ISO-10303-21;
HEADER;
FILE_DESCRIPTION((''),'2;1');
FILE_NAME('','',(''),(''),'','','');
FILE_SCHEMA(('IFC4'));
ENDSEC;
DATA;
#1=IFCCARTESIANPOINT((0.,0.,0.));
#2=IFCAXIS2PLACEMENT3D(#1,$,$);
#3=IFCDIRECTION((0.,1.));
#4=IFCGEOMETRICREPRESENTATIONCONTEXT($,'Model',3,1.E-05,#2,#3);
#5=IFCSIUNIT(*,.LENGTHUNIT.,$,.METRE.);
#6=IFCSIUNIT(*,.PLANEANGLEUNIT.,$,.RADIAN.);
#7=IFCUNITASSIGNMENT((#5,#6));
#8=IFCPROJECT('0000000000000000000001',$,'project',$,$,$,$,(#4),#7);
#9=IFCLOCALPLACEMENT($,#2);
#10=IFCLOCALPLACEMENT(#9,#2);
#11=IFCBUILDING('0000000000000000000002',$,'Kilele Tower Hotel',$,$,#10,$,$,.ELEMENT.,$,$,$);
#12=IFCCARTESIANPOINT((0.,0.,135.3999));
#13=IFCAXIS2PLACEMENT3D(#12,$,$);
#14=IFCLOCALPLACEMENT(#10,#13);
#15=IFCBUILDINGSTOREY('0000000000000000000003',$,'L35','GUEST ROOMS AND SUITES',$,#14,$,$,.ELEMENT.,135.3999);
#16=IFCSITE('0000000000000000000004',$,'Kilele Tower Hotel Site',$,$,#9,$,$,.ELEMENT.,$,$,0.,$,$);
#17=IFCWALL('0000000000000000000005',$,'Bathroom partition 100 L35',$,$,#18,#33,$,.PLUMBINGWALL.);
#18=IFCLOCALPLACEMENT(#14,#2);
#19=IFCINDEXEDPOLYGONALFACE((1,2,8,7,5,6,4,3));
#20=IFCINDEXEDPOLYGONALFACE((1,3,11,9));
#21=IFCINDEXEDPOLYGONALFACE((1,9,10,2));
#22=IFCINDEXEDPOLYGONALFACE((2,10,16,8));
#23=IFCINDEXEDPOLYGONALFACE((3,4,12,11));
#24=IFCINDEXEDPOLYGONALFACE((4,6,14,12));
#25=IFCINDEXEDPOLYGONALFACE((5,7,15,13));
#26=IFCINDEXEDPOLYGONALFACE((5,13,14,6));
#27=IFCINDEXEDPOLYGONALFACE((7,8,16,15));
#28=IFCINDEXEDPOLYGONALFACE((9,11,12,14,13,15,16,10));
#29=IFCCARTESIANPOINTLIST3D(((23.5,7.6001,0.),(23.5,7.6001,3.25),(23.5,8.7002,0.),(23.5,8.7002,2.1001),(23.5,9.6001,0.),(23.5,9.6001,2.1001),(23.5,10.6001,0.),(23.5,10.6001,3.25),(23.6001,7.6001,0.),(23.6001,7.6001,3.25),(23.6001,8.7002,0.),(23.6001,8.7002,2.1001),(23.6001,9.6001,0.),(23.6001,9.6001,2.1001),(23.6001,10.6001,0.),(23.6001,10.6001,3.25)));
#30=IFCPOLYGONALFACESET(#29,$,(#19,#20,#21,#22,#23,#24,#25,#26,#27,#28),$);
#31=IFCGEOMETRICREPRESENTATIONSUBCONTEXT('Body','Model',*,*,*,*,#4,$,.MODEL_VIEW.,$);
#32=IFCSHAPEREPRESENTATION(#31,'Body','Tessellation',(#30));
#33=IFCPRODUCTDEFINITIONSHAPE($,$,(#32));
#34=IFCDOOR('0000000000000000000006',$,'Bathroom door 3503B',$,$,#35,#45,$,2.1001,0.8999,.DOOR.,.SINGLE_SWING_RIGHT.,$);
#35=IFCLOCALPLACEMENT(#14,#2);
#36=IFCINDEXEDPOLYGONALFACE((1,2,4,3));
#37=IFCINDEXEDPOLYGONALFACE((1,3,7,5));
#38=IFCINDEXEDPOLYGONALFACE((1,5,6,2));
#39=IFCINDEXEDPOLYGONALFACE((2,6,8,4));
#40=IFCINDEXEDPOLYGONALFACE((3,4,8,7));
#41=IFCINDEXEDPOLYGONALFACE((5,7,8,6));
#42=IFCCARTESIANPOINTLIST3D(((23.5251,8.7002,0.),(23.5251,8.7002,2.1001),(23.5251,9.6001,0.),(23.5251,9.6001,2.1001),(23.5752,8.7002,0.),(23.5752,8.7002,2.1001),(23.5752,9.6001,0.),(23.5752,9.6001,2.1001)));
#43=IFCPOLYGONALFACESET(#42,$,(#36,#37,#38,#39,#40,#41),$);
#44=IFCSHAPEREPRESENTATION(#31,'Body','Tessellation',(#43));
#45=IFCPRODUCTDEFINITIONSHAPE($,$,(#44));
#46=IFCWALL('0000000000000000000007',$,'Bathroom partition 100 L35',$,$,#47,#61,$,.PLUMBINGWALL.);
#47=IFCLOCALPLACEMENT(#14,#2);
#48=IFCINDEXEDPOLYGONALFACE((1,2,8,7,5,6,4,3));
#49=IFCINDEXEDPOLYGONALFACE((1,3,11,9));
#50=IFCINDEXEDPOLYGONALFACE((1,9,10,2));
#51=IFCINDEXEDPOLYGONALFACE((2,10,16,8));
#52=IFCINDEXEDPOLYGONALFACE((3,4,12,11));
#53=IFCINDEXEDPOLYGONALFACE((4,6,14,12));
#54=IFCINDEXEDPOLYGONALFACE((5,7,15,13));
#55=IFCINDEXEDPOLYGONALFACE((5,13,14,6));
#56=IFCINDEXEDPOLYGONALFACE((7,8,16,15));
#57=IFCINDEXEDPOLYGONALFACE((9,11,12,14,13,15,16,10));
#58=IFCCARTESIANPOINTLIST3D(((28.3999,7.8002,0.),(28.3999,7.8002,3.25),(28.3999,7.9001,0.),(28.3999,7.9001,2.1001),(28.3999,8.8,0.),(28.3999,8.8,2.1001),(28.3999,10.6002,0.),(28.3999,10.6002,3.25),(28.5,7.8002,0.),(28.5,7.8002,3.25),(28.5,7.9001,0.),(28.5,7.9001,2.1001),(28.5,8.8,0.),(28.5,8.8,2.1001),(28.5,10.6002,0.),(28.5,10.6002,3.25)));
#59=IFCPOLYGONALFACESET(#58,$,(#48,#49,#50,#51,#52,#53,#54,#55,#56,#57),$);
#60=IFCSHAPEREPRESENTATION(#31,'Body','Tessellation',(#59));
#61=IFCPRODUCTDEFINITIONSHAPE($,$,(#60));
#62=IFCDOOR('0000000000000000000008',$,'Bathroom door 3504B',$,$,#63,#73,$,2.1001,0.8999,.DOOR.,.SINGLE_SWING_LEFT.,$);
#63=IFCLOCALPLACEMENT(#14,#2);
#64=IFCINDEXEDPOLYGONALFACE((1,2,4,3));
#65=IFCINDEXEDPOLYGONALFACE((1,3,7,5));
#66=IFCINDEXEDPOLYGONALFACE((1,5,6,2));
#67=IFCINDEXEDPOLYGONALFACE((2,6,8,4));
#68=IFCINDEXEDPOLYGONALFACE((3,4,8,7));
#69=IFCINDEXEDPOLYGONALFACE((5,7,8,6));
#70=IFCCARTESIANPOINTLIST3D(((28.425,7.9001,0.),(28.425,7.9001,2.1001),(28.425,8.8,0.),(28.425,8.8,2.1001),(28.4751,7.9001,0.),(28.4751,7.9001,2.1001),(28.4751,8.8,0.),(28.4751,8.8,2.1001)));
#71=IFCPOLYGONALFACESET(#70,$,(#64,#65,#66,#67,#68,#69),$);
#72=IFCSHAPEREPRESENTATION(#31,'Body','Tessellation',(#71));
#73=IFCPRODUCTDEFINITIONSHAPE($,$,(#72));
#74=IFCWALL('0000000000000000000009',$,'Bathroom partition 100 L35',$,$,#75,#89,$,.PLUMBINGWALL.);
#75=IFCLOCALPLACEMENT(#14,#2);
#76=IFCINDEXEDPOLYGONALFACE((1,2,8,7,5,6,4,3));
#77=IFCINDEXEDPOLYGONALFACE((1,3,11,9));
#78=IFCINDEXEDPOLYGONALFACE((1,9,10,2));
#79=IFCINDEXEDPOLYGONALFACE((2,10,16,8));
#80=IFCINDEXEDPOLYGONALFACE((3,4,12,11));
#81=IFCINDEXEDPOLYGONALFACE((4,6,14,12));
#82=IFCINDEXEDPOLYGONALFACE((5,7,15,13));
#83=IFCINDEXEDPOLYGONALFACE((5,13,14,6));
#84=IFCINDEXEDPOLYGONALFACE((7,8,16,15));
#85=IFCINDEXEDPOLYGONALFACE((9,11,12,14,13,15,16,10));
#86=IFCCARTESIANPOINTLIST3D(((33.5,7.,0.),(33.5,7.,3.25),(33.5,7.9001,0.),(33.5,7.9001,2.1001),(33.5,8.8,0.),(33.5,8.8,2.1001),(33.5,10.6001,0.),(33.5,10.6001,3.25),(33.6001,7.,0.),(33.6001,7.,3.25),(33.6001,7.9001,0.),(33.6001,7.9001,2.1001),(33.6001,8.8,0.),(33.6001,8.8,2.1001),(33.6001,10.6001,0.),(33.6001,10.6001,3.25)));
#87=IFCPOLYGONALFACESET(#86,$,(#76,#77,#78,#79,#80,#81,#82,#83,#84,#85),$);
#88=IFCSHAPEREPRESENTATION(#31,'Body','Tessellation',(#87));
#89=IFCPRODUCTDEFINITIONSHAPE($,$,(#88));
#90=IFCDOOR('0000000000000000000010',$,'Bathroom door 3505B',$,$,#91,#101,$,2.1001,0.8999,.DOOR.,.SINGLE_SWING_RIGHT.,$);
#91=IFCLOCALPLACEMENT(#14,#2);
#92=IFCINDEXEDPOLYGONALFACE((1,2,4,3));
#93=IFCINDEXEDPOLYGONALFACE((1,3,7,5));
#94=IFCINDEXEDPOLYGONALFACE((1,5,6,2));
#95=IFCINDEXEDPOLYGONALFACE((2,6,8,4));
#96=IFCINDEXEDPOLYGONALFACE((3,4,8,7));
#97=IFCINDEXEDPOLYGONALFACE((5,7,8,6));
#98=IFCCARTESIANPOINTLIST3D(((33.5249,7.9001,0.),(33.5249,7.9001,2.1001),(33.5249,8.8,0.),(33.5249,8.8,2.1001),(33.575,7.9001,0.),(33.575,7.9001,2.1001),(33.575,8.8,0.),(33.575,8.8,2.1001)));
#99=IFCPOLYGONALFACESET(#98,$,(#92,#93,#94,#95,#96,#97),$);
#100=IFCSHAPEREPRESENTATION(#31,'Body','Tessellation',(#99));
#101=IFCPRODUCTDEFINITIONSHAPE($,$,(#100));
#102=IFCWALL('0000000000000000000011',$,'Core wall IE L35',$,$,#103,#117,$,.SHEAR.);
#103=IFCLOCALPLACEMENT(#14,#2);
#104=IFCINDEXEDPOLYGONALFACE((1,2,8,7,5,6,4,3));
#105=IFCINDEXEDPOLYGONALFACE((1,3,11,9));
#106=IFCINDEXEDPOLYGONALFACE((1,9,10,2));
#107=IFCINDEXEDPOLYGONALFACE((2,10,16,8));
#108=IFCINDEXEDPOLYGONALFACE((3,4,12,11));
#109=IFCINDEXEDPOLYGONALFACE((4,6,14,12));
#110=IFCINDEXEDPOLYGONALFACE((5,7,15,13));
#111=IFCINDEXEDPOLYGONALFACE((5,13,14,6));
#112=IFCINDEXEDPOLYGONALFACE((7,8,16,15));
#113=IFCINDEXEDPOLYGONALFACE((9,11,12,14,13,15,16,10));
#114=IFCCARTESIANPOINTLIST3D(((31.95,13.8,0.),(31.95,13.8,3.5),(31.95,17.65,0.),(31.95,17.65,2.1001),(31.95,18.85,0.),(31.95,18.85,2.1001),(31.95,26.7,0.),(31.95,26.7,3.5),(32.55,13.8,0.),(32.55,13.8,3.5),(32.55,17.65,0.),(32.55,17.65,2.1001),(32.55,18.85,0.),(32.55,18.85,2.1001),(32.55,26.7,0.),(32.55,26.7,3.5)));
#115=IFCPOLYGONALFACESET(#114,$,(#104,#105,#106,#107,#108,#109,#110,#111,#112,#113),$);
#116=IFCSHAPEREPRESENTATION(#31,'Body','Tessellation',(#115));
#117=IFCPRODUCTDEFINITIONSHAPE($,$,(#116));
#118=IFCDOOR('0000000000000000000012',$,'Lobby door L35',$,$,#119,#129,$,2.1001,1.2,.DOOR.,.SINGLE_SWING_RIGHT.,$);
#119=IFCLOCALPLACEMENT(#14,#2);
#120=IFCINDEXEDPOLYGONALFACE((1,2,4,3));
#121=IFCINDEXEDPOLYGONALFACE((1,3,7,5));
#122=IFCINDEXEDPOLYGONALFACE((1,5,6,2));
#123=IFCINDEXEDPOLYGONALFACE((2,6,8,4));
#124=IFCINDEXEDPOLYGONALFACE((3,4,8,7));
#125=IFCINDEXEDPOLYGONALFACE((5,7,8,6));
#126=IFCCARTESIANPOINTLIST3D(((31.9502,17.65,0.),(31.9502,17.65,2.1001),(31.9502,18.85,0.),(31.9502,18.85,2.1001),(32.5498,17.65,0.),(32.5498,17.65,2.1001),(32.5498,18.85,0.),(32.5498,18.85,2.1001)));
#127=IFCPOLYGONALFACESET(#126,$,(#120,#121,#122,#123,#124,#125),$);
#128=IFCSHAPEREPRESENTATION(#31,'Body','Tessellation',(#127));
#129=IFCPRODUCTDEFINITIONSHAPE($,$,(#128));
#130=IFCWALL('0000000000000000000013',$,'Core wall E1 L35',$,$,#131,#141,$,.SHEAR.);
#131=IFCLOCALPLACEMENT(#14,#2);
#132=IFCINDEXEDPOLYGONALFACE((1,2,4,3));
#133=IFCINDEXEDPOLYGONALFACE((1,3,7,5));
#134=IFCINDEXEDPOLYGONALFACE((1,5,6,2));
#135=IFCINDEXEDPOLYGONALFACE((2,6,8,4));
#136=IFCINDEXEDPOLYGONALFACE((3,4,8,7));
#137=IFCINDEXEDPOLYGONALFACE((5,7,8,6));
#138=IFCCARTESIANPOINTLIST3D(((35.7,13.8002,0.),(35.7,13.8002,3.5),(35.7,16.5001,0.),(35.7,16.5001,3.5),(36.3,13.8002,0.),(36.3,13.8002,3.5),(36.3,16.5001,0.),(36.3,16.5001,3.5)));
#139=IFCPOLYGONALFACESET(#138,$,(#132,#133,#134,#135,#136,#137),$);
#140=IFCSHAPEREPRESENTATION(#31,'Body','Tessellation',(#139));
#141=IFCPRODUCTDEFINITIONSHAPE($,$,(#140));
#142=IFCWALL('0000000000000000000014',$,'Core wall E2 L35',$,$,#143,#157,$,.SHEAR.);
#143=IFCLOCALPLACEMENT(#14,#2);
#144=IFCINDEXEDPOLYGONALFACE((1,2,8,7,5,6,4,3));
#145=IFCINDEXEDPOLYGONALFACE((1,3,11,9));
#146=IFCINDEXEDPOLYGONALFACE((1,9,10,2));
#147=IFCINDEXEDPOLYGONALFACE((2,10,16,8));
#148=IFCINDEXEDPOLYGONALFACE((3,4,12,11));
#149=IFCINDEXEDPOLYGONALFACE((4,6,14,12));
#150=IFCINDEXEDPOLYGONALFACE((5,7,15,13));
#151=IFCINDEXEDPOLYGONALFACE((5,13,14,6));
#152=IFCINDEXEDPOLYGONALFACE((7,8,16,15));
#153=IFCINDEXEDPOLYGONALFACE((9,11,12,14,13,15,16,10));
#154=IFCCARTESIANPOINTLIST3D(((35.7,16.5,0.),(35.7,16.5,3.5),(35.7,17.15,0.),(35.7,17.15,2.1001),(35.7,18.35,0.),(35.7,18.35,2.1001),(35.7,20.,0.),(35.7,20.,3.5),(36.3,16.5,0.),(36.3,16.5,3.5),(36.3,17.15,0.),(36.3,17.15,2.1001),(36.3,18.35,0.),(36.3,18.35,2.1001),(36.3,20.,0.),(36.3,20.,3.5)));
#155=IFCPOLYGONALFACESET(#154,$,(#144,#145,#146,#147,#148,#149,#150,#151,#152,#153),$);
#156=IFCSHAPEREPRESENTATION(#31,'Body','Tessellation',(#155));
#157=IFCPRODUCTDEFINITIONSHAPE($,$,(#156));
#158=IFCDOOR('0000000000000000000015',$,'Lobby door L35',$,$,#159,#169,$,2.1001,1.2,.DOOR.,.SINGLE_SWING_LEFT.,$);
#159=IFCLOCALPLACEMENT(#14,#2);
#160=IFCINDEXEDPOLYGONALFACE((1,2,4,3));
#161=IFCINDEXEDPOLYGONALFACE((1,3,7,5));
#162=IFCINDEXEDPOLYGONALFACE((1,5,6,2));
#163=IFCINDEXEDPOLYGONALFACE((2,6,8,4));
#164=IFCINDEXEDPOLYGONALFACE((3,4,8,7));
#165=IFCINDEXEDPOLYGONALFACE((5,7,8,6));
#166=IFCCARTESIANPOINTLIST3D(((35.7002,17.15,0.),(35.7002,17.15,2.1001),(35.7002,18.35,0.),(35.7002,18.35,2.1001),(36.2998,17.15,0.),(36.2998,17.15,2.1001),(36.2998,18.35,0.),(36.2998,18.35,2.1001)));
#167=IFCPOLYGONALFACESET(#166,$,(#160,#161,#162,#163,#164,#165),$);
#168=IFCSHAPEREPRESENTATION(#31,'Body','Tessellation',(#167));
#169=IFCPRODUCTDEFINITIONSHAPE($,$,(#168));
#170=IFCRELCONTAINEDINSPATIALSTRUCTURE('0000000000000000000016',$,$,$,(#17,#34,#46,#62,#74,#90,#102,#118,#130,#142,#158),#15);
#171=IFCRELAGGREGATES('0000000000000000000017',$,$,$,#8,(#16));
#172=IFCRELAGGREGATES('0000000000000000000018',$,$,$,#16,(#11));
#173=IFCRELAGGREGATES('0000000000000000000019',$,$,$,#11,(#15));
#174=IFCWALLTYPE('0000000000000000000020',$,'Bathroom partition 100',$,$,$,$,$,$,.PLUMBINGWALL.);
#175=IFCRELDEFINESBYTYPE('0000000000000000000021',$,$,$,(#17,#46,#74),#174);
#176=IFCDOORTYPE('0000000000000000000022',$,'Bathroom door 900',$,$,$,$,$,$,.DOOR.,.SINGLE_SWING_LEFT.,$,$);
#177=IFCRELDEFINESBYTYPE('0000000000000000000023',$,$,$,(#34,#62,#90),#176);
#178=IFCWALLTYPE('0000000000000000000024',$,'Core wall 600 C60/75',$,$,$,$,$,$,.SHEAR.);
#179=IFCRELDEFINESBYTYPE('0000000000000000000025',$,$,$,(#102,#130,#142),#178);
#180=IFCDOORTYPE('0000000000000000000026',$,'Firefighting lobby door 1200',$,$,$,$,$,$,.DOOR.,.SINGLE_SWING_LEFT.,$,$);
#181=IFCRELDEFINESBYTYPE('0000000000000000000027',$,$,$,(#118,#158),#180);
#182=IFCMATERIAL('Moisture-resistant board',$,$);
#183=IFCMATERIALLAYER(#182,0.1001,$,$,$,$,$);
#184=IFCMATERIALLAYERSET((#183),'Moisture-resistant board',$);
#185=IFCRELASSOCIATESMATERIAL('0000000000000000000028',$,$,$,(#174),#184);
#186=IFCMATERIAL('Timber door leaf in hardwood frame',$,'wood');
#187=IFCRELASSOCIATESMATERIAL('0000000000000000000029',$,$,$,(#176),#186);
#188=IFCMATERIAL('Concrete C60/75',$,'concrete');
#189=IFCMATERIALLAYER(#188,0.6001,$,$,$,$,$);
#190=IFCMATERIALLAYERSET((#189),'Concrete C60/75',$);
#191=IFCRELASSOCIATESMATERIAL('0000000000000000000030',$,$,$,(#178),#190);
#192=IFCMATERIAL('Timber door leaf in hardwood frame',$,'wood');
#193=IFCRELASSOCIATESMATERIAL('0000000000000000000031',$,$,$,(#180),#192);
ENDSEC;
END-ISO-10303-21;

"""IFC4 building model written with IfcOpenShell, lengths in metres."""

from ifc_helpers import new_model, si_unit, direction, frame, frame_2d, origin, place, context, subcontext, project, spatial, rectangle, extrude, material, layer, layer_set, type_object, element, fill, save


model = new_model("IFC4")

# Units and contexts
model_context = context("Model", 3, precision=1e-05, world=origin(), true_north=direction((0.0, 1.0)))
body_context = subcontext(model_context, "Body", "Model", "MODEL_VIEW")
ifc_project = project(units=[si_unit("LENGTHUNIT", "METRE"), si_unit("PLANEANGLEUNIT", "RADIAN")], contexts=[model_context])

# Site, building, storey
site_placement = place(None, origin())
site = spatial("IfcSite", under=ifc_project, at=site_placement, Name="Kilele Tower Hotel Site", CompositionType="ELEMENT", RefElevation=0.0)
building_placement = place(site_placement, origin())
building = spatial("IfcBuilding", under=site, at=building_placement, Name="Kilele Tower Hotel", CompositionType="ELEMENT")
storey_placement = place(building_placement, frame((0.0, 0.0, 135.3999)))
storey = spatial("IfcBuildingStorey", under=building, at=storey_placement, Name="L35", Description="GUEST ROOMS AND SUITES", CompositionType="ELEMENT", Elevation=135.3999)

# Walls, openings, doors
ifc_material_1 = material(Name="Moisture-resistant board")
ifc_layer_1 = layer(ifc_material_1, 0.1001)
ifc_layer_set_1 = layer_set([ifc_layer_1], Name="Moisture-resistant board")
wall_type_1 = type_object("IfcWallType", Name="Bathroom partition 100", PredefinedType="PLUMBINGWALL", material=ifc_layer_set_1)
wall_1_placement = place(storey_placement, frame((23.55, 10.6001, 0.0), z_axis=(0.0, 0.0, 1.0), x_axis=(0.0, -1.0, 0.0)))
wall_1 = element("IfcWall", 1, at=wall_1_placement, inside=storey, type_object=wall_type_1, Name="Bathroom partition 100 L35", PredefinedType="PLUMBINGWALL", context=body_context, shape_type="SweptSolid", body=[
    extrude(rectangle(XDim=3.0, YDim=0.1001, at=frame_2d((1.5, 0.0))), origin(), (0.0, 0.0, 1.0), 3.25),
])
opening_1_placement = place(wall_1_placement, frame((1.8999, 0.0, 0.0), z_axis=(0.0, 0.0, 1.0), x_axis=(-1.0, 0.0, 0.0)))
opening_1 = element("IfcOpeningElement", 2, at=opening_1_placement, cuts=wall_1, PredefinedType="OPENING", context=body_context, shape_type="SweptSolid", body=[
    extrude(rectangle(XDim=0.8999, YDim=2.1001, at=frame_2d((0.45, 1.05))), frame((0.0, 0.0601, 0.0), z_axis=(0.0, -1.0, 0.0), x_axis=(1.0, 0.0, 0.0)), (0.0, 0.0, 1.0), 0.1201),
])
ifc_material_2 = material(Name="Timber door leaf in hardwood frame", Category="wood")
door_type_1 = type_object("IfcDoorType", Name="Bathroom door 900", OperationType="SINGLE_SWING_LEFT", PredefinedType="DOOR", material=ifc_material_2)
door_1_placement = place(opening_1_placement, origin())
door_1 = element("IfcDoor", 3, at=door_1_placement, inside=storey, type_object=door_type_1, Name="Bathroom door 3503B", OperationType="SINGLE_SWING_RIGHT", OverallHeight=2.1001, OverallWidth=0.8999, PredefinedType="DOOR", context=body_context, shape_type="SweptSolid", body=[
    extrude(rectangle(XDim=0.8999, YDim=2.1001, at=frame_2d((0.45, 1.05))), frame((0.0, 0.0249, 0.0), z_axis=(0.0, -1.0, 0.0), x_axis=(1.0, 0.0, 0.0)), (0.0, 0.0, 1.0), 0.05),
])
fill(opening_1, door_1)
wall_2_placement = place(storey_placement, frame((28.45, 10.6001, 0.0), z_axis=(0.0, 0.0, 1.0), x_axis=(0.0, -1.0, 0.0)))
wall_2 = element("IfcWall", 4, at=wall_2_placement, inside=storey, type_object=wall_type_1, Name="Bathroom partition 100 L35", PredefinedType="PLUMBINGWALL", context=body_context, shape_type="SweptSolid", body=[
    extrude(rectangle(XDim=2.8, YDim=0.1001, at=frame_2d((1.3999, 0.0))), origin(), (0.0, 0.0, 1.0), 3.25),
])
opening_2_placement = place(wall_2_placement, frame((2.7, 0.0, 0.0), z_axis=(0.0, 0.0, 1.0), x_axis=(-1.0, 0.0, 0.0)))
opening_2 = element("IfcOpeningElement", 5, at=opening_2_placement, cuts=wall_2, PredefinedType="OPENING", context=body_context, shape_type="SweptSolid", body=[
    extrude(rectangle(XDim=0.8999, YDim=2.1001, at=frame_2d((0.45, 1.05))), frame((0.0, 0.0601, 0.0), z_axis=(0.0, -1.0, 0.0), x_axis=(1.0, 0.0, 0.0)), (0.0, 0.0, 1.0), 0.1201),
])
door_2_placement = place(opening_2_placement, origin())
door_2 = element("IfcDoor", 6, at=door_2_placement, inside=storey, type_object=door_type_1, Name="Bathroom door 3504B", OperationType="SINGLE_SWING_LEFT", OverallHeight=2.1001, OverallWidth=0.8999, PredefinedType="DOOR", context=body_context, shape_type="SweptSolid", body=[
    extrude(rectangle(XDim=0.8999, YDim=2.1001, at=frame_2d((0.45, 1.05))), frame((0.0, 0.0249, 0.0), z_axis=(0.0, -1.0, 0.0), x_axis=(1.0, 0.0, 0.0)), (0.0, 0.0, 1.0), 0.05),
])
fill(opening_2, door_2)
wall_3_placement = place(storey_placement, frame((33.55, 10.6001, 0.0), z_axis=(0.0, 0.0, 1.0), x_axis=(0.0, -1.0, 0.0)))
wall_3 = element("IfcWall", 7, at=wall_3_placement, inside=storey, type_object=wall_type_1, Name="Bathroom partition 100 L35", PredefinedType="PLUMBINGWALL", context=body_context, shape_type="SweptSolid", body=[
    extrude(rectangle(XDim=3.6001, YDim=0.1001, at=frame_2d((1.8, 0.0))), origin(), (0.0, 0.0, 1.0), 3.25),
])
opening_3_placement = place(wall_3_placement, frame((1.8, 0.0, 0.0)))
opening_3 = element("IfcOpeningElement", 8, at=opening_3_placement, cuts=wall_3, PredefinedType="OPENING", context=body_context, shape_type="SweptSolid", body=[
    extrude(rectangle(XDim=0.8999, YDim=2.1001, at=frame_2d((0.45, 1.05))), frame((0.0, 0.0601, 0.0), z_axis=(0.0, -1.0, 0.0), x_axis=(1.0, 0.0, 0.0)), (0.0, 0.0, 1.0), 0.1201),
])
door_3_placement = place(opening_3_placement, origin())
door_3 = element("IfcDoor", 9, at=door_3_placement, inside=storey, type_object=door_type_1, Name="Bathroom door 3505B", OperationType="SINGLE_SWING_RIGHT", OverallHeight=2.1001, OverallWidth=0.8999, PredefinedType="DOOR", context=body_context, shape_type="SweptSolid", body=[
    extrude(rectangle(XDim=0.8999, YDim=2.1001, at=frame_2d((0.45, 1.05))), frame((0.0, 0.0249, 0.0), z_axis=(0.0, -1.0, 0.0), x_axis=(1.0, 0.0, 0.0)), (0.0, 0.0, 1.0), 0.05),
])
fill(opening_3, door_3)
ifc_material_3 = material(Name="Concrete C60/75", Category="concrete")
ifc_layer_2 = layer(ifc_material_3, 0.6001)
ifc_layer_set_2 = layer_set([ifc_layer_2], Name="Concrete C60/75")
wall_type_2 = type_object("IfcWallType", Name="Core wall 600 C60/75", PredefinedType="SHEAR", material=ifc_layer_set_2)
wall_4_placement = place(storey_placement, frame((32.25, 13.8, 0.0), z_axis=(0.0, 0.0, 1.0), x_axis=(0.0, 1.0, 0.0)))
wall_4 = element("IfcWall", 10, at=wall_4_placement, inside=storey, type_object=wall_type_2, Name="Core wall IE L35", PredefinedType="SHEAR", context=body_context, shape_type="SweptSolid", body=[
    extrude(rectangle(XDim=12.8999, YDim=0.6001, at=frame_2d((6.45, 0.0))), origin(), (0.0, 0.0, 1.0), 3.5),
])
opening_4_placement = place(wall_4_placement, frame((5.05, 0.0, 0.0), z_axis=(0.0, 0.0, 1.0), x_axis=(-1.0, 0.0, 0.0)))
opening_4 = element("IfcOpeningElement", 11, at=opening_4_placement, cuts=wall_4, PredefinedType="OPENING", context=body_context, shape_type="SweptSolid", body=[
    extrude(rectangle(XDim=1.2, YDim=2.1001, at=frame_2d((0.6001, 1.05))), frame((0.0, 0.3101, 0.0), z_axis=(0.0, -1.0, 0.0), x_axis=(1.0, 0.0, 0.0)), (0.0, 0.0, 1.0), 0.6201),
])
ifc_material_4 = material(Name="Timber door leaf in hardwood frame", Category="wood")
door_type_2 = type_object("IfcDoorType", Name="Firefighting lobby door 1200", OperationType="SINGLE_SWING_LEFT", PredefinedType="DOOR", material=ifc_material_4)
door_4_placement = place(opening_4_placement, origin())
door_4 = element("IfcDoor", 12, at=door_4_placement, inside=storey, type_object=door_type_2, Name="Lobby door L35", OperationType="SINGLE_SWING_RIGHT", OverallHeight=2.1001, OverallWidth=1.2, PredefinedType="DOOR", context=body_context, shape_type="SweptSolid", body=[
    extrude(rectangle(XDim=1.2, YDim=2.1001, at=frame_2d((0.6001, 1.05))), frame((0.0, 0.2998, 0.0), z_axis=(0.0, -1.0, 0.0), x_axis=(1.0, 0.0, 0.0)), (0.0, 0.0, 1.0), 0.5996),
])
fill(opening_4, door_4)

# Wall
wall_5_placement = place(storey_placement, frame((36.0, 13.8, 0.0), z_axis=(0.0, 0.0, 1.0), x_axis=(0.0, 1.0, 0.0)))
element("IfcWall", 13, at=wall_5_placement, inside=storey, type_object=wall_type_2, Name="Core wall E1 L35", PredefinedType="SHEAR", context=body_context, shape_type="SweptSolid", body=[
    extrude(rectangle(XDim=2.7, YDim=0.6001, at=frame_2d((1.3501, 0.0))), origin(), (0.0, 0.0, 1.0), 3.5),
])

# Wall, opening, door
wall_6_placement = place(storey_placement, frame((36.0, 16.5, 0.0), z_axis=(0.0, 0.0, 1.0), x_axis=(0.0, 1.0, 0.0)))
wall_6 = element("IfcWall", 14, at=wall_6_placement, inside=storey, type_object=wall_type_2, Name="Core wall E2 L35", PredefinedType="SHEAR", context=body_context, shape_type="SweptSolid", body=[
    extrude(rectangle(XDim=3.5, YDim=0.6001, at=frame_2d((1.75, 0.0))), origin(), (0.0, 0.0, 1.0), 3.5),
])
opening_5_placement = place(wall_6_placement, frame((0.6499, 0.0, 0.0)))
opening_5 = element("IfcOpeningElement", 15, at=opening_5_placement, cuts=wall_6, PredefinedType="OPENING", context=body_context, shape_type="SweptSolid", body=[
    extrude(rectangle(XDim=1.2, YDim=2.1001, at=frame_2d((0.6001, 1.05))), frame((0.0, 0.3101, 0.0), z_axis=(0.0, -1.0, 0.0), x_axis=(1.0, 0.0, 0.0)), (0.0, 0.0, 1.0), 0.6201),
])
door_5_placement = place(opening_5_placement, origin())
door_5 = element("IfcDoor", 16, at=door_5_placement, inside=storey, type_object=door_type_2, Name="Lobby door L35", OperationType="SINGLE_SWING_LEFT", OverallHeight=2.1001, OverallWidth=1.2, PredefinedType="DOOR", context=body_context, shape_type="SweptSolid", body=[
    extrude(rectangle(XDim=1.2, YDim=2.1001, at=frame_2d((0.6001, 1.05))), frame((0.0, 0.2998, 0.0), z_axis=(0.0, -1.0, 0.0), x_axis=(1.0, 0.0, 0.0)), (0.0, 0.0, 1.0), 0.5996),
])
fill(opening_5, door_5)

save(model, "model.ifc")
